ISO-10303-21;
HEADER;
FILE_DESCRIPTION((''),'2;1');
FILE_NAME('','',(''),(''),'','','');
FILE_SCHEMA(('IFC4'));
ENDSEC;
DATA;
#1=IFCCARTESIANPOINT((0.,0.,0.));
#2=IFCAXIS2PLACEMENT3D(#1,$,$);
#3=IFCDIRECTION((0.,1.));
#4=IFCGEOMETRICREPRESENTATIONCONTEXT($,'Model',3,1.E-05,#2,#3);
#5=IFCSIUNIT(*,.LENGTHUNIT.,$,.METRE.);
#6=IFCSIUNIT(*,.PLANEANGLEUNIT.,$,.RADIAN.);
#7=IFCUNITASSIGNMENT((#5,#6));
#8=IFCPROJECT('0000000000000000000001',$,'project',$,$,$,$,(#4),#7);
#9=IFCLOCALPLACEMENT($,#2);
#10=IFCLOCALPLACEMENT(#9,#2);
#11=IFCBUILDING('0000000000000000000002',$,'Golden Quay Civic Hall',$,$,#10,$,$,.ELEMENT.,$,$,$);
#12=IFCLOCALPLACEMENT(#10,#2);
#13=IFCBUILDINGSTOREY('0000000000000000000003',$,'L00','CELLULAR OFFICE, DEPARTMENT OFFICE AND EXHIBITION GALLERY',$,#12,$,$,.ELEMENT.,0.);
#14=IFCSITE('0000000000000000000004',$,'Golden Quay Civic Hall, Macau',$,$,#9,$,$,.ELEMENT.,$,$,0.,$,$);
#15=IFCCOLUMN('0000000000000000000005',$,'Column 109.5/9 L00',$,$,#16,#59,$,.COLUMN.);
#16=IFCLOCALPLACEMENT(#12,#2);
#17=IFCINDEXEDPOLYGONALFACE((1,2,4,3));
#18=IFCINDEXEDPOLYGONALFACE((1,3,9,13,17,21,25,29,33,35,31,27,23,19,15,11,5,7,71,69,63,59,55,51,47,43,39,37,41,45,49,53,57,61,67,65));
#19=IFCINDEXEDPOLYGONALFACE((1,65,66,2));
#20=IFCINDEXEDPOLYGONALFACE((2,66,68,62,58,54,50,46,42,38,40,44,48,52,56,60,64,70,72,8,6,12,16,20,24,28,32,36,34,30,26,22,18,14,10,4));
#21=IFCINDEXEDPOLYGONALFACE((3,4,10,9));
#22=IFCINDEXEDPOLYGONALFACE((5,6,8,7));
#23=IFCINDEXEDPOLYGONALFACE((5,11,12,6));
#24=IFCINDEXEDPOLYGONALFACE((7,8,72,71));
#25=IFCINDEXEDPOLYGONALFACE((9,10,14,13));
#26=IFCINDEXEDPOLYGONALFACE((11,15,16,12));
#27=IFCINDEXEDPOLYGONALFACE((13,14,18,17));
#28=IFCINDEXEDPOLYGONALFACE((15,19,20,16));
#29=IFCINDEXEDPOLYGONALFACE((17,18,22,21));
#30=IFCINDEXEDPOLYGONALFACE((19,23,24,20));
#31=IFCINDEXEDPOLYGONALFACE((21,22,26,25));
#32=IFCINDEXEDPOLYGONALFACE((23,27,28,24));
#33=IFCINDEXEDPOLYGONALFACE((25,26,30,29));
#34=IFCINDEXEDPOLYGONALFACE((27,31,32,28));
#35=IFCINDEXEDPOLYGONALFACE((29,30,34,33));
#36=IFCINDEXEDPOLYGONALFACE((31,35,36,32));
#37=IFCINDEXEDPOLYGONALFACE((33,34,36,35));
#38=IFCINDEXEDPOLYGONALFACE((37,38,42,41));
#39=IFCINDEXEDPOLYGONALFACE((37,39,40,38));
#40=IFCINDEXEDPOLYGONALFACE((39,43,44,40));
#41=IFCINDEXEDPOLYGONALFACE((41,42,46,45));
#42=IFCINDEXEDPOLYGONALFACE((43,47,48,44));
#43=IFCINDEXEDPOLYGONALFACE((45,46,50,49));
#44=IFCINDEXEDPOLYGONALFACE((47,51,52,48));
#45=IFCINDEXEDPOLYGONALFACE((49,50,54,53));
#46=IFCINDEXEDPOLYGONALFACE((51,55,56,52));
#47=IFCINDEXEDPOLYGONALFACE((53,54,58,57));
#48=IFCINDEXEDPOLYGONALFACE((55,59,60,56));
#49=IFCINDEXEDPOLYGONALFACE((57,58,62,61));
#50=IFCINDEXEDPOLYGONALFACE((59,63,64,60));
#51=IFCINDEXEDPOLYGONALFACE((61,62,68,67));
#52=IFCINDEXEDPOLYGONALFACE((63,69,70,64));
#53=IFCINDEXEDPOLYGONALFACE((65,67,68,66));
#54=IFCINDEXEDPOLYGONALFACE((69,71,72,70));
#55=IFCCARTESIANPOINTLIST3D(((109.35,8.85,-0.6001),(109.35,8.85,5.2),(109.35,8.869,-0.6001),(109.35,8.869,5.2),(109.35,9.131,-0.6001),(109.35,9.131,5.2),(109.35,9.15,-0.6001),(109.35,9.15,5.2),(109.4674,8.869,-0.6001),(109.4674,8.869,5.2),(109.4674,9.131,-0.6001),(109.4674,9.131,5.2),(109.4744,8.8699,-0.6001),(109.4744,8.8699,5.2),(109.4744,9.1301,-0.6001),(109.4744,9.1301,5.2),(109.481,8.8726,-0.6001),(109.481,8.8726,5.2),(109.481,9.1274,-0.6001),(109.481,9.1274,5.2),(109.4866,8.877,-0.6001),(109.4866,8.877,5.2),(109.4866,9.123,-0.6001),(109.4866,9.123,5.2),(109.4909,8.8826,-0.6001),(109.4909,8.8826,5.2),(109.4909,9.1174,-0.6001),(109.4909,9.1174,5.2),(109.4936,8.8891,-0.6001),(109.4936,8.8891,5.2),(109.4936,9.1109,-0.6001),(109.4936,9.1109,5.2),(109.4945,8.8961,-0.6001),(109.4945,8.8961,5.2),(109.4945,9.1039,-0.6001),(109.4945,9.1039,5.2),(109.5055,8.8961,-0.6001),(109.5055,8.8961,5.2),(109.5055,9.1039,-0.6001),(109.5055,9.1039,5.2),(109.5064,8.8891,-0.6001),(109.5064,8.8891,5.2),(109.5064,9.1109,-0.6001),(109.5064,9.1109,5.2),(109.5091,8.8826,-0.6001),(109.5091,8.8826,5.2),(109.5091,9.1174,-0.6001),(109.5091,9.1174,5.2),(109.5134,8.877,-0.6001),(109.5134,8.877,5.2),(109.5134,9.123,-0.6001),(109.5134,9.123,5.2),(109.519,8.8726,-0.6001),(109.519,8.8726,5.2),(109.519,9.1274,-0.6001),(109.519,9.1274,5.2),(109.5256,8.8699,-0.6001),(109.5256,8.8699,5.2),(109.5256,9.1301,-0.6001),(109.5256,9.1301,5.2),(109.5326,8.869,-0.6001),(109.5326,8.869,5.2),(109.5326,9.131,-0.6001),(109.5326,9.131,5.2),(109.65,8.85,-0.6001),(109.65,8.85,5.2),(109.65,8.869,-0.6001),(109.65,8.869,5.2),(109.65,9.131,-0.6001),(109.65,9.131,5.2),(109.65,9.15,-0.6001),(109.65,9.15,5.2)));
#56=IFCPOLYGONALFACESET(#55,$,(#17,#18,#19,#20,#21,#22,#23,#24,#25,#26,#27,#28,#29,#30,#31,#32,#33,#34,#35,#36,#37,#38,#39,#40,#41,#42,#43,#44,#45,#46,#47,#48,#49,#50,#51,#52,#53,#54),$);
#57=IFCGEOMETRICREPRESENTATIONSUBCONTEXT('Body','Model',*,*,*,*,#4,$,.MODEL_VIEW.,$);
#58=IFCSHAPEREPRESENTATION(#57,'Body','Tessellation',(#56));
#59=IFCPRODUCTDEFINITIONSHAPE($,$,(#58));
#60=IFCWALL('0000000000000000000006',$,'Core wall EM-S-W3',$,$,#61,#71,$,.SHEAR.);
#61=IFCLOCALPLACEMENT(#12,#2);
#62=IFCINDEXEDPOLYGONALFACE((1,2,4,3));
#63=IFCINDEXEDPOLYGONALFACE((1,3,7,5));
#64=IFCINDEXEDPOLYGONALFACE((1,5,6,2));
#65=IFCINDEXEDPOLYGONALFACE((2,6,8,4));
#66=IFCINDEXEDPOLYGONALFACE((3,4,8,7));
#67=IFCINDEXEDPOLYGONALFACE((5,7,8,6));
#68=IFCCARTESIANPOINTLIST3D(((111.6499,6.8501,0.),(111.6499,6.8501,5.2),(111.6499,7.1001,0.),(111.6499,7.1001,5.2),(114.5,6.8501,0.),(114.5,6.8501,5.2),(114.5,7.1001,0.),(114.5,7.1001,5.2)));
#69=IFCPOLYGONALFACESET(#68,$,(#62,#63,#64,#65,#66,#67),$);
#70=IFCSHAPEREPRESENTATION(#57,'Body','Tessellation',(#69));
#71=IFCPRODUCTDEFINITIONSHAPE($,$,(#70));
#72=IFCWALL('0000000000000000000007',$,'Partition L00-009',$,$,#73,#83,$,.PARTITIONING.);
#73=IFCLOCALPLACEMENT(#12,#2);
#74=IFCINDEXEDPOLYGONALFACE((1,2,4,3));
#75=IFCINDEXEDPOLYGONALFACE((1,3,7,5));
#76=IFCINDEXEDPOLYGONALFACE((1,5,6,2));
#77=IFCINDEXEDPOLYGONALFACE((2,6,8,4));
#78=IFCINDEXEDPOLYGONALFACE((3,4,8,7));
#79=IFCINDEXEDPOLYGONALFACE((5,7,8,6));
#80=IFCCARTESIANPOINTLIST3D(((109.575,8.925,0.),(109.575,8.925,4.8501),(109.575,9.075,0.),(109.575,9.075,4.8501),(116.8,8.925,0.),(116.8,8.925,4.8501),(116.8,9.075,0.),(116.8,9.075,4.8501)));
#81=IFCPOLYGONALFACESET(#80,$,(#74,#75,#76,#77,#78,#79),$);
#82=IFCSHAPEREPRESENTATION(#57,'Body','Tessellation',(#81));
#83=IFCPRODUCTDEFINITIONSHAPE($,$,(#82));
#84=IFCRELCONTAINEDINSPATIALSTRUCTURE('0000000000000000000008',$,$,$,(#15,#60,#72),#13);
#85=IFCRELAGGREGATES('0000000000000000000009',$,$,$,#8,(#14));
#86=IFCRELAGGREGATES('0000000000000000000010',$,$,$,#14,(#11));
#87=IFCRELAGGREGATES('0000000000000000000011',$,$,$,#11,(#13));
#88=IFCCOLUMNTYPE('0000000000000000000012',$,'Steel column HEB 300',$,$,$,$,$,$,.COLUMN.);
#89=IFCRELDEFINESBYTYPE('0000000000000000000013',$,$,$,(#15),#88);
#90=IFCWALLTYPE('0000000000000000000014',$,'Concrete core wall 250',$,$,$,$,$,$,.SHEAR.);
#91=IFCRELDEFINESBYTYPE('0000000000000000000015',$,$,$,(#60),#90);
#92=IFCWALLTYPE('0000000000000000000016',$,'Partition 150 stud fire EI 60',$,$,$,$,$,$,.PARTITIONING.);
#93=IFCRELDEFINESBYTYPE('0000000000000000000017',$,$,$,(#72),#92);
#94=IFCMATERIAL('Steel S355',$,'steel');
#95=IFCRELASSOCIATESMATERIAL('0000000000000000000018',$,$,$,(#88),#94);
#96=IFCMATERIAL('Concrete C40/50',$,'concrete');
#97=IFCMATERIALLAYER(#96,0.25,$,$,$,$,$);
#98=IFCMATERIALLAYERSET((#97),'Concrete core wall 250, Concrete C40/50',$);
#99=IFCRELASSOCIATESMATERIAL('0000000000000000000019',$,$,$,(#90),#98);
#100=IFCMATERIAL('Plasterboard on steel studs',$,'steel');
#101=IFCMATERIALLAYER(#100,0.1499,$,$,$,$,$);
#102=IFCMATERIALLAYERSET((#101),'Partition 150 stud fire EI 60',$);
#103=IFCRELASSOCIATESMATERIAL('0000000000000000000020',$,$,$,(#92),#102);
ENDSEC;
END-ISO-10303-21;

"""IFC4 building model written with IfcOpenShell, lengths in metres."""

from ifc_helpers import new_model, si_unit, direction, frame, frame_2d, origin, origin_2d, place, context, subcontext, project, spatial, rectangle, i_section, extrude, material, layer, layer_set, material_profile, profile_set, type_object, element, save


model = new_model("IFC4")

# Units and contexts
model_context = context("Model", 3, precision=1e-05, world=origin(), true_north=direction((0.0, 1.0)))
body_context = subcontext(model_context, "Body", "Model", "MODEL_VIEW")
ifc_project = project(units=[si_unit("LENGTHUNIT", "METRE"), si_unit("PLANEANGLEUNIT", "RADIAN")], contexts=[model_context])

# Site, building, storey
site_placement = place(None, origin())
site = spatial("IfcSite", under=ifc_project, at=site_placement, Name="Golden Quay Civic Hall, Macau", CompositionType="ELEMENT", RefElevation=0.0)
building_placement = place(site_placement, origin())
building = spatial("IfcBuilding", under=site, at=building_placement, Name="Golden Quay Civic Hall", CompositionType="ELEMENT")
storey_placement = place(building_placement, origin())
storey = spatial("IfcBuildingStorey", under=building, at=storey_placement, Name="L00", Description="CELLULAR OFFICE, DEPARTMENT OFFICE AND EXHIBITION GALLERY", CompositionType="ELEMENT", Elevation=0.0)

# Column
ifc_material_1 = material(Name="Steel S355", Category="steel")
ifc_material_profile_1 = material_profile(ifc_material_1, i_section(OverallWidth=0.3, OverallDepth=0.3, WebThickness=0.011, FlangeThickness=0.019, FilletRadius=0.0271, at=origin_2d()), Name="HEB 300")
ifc_profile_set_1 = profile_set([ifc_material_profile_1], Name="Steel S355")
column_type = type_object("IfcColumnType", Name="Steel column HEB 300", PredefinedType="COLUMN", material=ifc_profile_set_1)
for number, where, z_axis, x_axis, name in (
    (1, (109.5, 9.0, -0.6001), (0.0, 0.0, 1.0), (1.0, 0.0, 0.0), "Column 109.5/9 L00"),
):
    element("IfcColumn", number, at=place(storey_placement, frame(where, z_axis=z_axis, x_axis=x_axis)), inside=storey, type_object=column_type, Name=name, PredefinedType="COLUMN", context=body_context, shape_type="SweptSolid", body=[
        extrude(i_section(OverallWidth=0.3, OverallDepth=0.3, WebThickness=0.011, FlangeThickness=0.019, FilletRadius=0.0271, at=origin_2d()), origin(), (0.0, 0.0, 1.0), 5.8),
    ])

# Walls
ifc_material_2 = material(Name="Concrete C40/50", Category="concrete")
ifc_layer_1 = layer(ifc_material_2, 0.25)
ifc_layer_set_1 = layer_set([ifc_layer_1], Name="Concrete core wall 250, Concrete C40/50")
wall_type_1 = type_object("IfcWallType", Name="Concrete core wall 250", PredefinedType="SHEAR", material=ifc_layer_set_1)
wall_1_placement = place(storey_placement, frame((111.6499, 6.9751, 0.0), z_axis=(0.0, 0.0, 1.0), x_axis=(1.0, 0.0, 0.0)))
element("IfcWall", 2, at=wall_1_placement, inside=storey, type_object=wall_type_1, Name="Core wall EM-S-W3", PredefinedType="SHEAR", context=body_context, shape_type="SweptSolid", body=[
    extrude(rectangle(XDim=2.8501, YDim=0.25, at=frame_2d((1.425, 0.0))), origin(), (0.0, 0.0, 1.0), 5.2),
])
ifc_material_3 = material(Name="Plasterboard on steel studs", Category="steel")
ifc_layer_2 = layer(ifc_material_3, 0.1499)
ifc_layer_set_2 = layer_set([ifc_layer_2], Name="Partition 150 stud fire EI 60")
wall_type_2 = type_object("IfcWallType", Name="Partition 150 stud fire EI 60", PredefinedType="PARTITIONING", material=ifc_layer_set_2)
wall_2_placement = place(storey_placement, frame((109.575, 9.0, 0.0), z_axis=(0.0, 0.0, 1.0), x_axis=(1.0, 0.0, 0.0)))
element("IfcWall", 3, at=wall_2_placement, inside=storey, type_object=wall_type_2, Name="Partition L00-009", PredefinedType="PARTITIONING", context=body_context, shape_type="SweptSolid", body=[
    extrude(rectangle(XDim=7.2251, YDim=0.1499, at=frame_2d((3.6125, 0.0))), origin(), (0.0, 0.0, 1.0), 4.8501),
])

save(model, "model.ifc")
